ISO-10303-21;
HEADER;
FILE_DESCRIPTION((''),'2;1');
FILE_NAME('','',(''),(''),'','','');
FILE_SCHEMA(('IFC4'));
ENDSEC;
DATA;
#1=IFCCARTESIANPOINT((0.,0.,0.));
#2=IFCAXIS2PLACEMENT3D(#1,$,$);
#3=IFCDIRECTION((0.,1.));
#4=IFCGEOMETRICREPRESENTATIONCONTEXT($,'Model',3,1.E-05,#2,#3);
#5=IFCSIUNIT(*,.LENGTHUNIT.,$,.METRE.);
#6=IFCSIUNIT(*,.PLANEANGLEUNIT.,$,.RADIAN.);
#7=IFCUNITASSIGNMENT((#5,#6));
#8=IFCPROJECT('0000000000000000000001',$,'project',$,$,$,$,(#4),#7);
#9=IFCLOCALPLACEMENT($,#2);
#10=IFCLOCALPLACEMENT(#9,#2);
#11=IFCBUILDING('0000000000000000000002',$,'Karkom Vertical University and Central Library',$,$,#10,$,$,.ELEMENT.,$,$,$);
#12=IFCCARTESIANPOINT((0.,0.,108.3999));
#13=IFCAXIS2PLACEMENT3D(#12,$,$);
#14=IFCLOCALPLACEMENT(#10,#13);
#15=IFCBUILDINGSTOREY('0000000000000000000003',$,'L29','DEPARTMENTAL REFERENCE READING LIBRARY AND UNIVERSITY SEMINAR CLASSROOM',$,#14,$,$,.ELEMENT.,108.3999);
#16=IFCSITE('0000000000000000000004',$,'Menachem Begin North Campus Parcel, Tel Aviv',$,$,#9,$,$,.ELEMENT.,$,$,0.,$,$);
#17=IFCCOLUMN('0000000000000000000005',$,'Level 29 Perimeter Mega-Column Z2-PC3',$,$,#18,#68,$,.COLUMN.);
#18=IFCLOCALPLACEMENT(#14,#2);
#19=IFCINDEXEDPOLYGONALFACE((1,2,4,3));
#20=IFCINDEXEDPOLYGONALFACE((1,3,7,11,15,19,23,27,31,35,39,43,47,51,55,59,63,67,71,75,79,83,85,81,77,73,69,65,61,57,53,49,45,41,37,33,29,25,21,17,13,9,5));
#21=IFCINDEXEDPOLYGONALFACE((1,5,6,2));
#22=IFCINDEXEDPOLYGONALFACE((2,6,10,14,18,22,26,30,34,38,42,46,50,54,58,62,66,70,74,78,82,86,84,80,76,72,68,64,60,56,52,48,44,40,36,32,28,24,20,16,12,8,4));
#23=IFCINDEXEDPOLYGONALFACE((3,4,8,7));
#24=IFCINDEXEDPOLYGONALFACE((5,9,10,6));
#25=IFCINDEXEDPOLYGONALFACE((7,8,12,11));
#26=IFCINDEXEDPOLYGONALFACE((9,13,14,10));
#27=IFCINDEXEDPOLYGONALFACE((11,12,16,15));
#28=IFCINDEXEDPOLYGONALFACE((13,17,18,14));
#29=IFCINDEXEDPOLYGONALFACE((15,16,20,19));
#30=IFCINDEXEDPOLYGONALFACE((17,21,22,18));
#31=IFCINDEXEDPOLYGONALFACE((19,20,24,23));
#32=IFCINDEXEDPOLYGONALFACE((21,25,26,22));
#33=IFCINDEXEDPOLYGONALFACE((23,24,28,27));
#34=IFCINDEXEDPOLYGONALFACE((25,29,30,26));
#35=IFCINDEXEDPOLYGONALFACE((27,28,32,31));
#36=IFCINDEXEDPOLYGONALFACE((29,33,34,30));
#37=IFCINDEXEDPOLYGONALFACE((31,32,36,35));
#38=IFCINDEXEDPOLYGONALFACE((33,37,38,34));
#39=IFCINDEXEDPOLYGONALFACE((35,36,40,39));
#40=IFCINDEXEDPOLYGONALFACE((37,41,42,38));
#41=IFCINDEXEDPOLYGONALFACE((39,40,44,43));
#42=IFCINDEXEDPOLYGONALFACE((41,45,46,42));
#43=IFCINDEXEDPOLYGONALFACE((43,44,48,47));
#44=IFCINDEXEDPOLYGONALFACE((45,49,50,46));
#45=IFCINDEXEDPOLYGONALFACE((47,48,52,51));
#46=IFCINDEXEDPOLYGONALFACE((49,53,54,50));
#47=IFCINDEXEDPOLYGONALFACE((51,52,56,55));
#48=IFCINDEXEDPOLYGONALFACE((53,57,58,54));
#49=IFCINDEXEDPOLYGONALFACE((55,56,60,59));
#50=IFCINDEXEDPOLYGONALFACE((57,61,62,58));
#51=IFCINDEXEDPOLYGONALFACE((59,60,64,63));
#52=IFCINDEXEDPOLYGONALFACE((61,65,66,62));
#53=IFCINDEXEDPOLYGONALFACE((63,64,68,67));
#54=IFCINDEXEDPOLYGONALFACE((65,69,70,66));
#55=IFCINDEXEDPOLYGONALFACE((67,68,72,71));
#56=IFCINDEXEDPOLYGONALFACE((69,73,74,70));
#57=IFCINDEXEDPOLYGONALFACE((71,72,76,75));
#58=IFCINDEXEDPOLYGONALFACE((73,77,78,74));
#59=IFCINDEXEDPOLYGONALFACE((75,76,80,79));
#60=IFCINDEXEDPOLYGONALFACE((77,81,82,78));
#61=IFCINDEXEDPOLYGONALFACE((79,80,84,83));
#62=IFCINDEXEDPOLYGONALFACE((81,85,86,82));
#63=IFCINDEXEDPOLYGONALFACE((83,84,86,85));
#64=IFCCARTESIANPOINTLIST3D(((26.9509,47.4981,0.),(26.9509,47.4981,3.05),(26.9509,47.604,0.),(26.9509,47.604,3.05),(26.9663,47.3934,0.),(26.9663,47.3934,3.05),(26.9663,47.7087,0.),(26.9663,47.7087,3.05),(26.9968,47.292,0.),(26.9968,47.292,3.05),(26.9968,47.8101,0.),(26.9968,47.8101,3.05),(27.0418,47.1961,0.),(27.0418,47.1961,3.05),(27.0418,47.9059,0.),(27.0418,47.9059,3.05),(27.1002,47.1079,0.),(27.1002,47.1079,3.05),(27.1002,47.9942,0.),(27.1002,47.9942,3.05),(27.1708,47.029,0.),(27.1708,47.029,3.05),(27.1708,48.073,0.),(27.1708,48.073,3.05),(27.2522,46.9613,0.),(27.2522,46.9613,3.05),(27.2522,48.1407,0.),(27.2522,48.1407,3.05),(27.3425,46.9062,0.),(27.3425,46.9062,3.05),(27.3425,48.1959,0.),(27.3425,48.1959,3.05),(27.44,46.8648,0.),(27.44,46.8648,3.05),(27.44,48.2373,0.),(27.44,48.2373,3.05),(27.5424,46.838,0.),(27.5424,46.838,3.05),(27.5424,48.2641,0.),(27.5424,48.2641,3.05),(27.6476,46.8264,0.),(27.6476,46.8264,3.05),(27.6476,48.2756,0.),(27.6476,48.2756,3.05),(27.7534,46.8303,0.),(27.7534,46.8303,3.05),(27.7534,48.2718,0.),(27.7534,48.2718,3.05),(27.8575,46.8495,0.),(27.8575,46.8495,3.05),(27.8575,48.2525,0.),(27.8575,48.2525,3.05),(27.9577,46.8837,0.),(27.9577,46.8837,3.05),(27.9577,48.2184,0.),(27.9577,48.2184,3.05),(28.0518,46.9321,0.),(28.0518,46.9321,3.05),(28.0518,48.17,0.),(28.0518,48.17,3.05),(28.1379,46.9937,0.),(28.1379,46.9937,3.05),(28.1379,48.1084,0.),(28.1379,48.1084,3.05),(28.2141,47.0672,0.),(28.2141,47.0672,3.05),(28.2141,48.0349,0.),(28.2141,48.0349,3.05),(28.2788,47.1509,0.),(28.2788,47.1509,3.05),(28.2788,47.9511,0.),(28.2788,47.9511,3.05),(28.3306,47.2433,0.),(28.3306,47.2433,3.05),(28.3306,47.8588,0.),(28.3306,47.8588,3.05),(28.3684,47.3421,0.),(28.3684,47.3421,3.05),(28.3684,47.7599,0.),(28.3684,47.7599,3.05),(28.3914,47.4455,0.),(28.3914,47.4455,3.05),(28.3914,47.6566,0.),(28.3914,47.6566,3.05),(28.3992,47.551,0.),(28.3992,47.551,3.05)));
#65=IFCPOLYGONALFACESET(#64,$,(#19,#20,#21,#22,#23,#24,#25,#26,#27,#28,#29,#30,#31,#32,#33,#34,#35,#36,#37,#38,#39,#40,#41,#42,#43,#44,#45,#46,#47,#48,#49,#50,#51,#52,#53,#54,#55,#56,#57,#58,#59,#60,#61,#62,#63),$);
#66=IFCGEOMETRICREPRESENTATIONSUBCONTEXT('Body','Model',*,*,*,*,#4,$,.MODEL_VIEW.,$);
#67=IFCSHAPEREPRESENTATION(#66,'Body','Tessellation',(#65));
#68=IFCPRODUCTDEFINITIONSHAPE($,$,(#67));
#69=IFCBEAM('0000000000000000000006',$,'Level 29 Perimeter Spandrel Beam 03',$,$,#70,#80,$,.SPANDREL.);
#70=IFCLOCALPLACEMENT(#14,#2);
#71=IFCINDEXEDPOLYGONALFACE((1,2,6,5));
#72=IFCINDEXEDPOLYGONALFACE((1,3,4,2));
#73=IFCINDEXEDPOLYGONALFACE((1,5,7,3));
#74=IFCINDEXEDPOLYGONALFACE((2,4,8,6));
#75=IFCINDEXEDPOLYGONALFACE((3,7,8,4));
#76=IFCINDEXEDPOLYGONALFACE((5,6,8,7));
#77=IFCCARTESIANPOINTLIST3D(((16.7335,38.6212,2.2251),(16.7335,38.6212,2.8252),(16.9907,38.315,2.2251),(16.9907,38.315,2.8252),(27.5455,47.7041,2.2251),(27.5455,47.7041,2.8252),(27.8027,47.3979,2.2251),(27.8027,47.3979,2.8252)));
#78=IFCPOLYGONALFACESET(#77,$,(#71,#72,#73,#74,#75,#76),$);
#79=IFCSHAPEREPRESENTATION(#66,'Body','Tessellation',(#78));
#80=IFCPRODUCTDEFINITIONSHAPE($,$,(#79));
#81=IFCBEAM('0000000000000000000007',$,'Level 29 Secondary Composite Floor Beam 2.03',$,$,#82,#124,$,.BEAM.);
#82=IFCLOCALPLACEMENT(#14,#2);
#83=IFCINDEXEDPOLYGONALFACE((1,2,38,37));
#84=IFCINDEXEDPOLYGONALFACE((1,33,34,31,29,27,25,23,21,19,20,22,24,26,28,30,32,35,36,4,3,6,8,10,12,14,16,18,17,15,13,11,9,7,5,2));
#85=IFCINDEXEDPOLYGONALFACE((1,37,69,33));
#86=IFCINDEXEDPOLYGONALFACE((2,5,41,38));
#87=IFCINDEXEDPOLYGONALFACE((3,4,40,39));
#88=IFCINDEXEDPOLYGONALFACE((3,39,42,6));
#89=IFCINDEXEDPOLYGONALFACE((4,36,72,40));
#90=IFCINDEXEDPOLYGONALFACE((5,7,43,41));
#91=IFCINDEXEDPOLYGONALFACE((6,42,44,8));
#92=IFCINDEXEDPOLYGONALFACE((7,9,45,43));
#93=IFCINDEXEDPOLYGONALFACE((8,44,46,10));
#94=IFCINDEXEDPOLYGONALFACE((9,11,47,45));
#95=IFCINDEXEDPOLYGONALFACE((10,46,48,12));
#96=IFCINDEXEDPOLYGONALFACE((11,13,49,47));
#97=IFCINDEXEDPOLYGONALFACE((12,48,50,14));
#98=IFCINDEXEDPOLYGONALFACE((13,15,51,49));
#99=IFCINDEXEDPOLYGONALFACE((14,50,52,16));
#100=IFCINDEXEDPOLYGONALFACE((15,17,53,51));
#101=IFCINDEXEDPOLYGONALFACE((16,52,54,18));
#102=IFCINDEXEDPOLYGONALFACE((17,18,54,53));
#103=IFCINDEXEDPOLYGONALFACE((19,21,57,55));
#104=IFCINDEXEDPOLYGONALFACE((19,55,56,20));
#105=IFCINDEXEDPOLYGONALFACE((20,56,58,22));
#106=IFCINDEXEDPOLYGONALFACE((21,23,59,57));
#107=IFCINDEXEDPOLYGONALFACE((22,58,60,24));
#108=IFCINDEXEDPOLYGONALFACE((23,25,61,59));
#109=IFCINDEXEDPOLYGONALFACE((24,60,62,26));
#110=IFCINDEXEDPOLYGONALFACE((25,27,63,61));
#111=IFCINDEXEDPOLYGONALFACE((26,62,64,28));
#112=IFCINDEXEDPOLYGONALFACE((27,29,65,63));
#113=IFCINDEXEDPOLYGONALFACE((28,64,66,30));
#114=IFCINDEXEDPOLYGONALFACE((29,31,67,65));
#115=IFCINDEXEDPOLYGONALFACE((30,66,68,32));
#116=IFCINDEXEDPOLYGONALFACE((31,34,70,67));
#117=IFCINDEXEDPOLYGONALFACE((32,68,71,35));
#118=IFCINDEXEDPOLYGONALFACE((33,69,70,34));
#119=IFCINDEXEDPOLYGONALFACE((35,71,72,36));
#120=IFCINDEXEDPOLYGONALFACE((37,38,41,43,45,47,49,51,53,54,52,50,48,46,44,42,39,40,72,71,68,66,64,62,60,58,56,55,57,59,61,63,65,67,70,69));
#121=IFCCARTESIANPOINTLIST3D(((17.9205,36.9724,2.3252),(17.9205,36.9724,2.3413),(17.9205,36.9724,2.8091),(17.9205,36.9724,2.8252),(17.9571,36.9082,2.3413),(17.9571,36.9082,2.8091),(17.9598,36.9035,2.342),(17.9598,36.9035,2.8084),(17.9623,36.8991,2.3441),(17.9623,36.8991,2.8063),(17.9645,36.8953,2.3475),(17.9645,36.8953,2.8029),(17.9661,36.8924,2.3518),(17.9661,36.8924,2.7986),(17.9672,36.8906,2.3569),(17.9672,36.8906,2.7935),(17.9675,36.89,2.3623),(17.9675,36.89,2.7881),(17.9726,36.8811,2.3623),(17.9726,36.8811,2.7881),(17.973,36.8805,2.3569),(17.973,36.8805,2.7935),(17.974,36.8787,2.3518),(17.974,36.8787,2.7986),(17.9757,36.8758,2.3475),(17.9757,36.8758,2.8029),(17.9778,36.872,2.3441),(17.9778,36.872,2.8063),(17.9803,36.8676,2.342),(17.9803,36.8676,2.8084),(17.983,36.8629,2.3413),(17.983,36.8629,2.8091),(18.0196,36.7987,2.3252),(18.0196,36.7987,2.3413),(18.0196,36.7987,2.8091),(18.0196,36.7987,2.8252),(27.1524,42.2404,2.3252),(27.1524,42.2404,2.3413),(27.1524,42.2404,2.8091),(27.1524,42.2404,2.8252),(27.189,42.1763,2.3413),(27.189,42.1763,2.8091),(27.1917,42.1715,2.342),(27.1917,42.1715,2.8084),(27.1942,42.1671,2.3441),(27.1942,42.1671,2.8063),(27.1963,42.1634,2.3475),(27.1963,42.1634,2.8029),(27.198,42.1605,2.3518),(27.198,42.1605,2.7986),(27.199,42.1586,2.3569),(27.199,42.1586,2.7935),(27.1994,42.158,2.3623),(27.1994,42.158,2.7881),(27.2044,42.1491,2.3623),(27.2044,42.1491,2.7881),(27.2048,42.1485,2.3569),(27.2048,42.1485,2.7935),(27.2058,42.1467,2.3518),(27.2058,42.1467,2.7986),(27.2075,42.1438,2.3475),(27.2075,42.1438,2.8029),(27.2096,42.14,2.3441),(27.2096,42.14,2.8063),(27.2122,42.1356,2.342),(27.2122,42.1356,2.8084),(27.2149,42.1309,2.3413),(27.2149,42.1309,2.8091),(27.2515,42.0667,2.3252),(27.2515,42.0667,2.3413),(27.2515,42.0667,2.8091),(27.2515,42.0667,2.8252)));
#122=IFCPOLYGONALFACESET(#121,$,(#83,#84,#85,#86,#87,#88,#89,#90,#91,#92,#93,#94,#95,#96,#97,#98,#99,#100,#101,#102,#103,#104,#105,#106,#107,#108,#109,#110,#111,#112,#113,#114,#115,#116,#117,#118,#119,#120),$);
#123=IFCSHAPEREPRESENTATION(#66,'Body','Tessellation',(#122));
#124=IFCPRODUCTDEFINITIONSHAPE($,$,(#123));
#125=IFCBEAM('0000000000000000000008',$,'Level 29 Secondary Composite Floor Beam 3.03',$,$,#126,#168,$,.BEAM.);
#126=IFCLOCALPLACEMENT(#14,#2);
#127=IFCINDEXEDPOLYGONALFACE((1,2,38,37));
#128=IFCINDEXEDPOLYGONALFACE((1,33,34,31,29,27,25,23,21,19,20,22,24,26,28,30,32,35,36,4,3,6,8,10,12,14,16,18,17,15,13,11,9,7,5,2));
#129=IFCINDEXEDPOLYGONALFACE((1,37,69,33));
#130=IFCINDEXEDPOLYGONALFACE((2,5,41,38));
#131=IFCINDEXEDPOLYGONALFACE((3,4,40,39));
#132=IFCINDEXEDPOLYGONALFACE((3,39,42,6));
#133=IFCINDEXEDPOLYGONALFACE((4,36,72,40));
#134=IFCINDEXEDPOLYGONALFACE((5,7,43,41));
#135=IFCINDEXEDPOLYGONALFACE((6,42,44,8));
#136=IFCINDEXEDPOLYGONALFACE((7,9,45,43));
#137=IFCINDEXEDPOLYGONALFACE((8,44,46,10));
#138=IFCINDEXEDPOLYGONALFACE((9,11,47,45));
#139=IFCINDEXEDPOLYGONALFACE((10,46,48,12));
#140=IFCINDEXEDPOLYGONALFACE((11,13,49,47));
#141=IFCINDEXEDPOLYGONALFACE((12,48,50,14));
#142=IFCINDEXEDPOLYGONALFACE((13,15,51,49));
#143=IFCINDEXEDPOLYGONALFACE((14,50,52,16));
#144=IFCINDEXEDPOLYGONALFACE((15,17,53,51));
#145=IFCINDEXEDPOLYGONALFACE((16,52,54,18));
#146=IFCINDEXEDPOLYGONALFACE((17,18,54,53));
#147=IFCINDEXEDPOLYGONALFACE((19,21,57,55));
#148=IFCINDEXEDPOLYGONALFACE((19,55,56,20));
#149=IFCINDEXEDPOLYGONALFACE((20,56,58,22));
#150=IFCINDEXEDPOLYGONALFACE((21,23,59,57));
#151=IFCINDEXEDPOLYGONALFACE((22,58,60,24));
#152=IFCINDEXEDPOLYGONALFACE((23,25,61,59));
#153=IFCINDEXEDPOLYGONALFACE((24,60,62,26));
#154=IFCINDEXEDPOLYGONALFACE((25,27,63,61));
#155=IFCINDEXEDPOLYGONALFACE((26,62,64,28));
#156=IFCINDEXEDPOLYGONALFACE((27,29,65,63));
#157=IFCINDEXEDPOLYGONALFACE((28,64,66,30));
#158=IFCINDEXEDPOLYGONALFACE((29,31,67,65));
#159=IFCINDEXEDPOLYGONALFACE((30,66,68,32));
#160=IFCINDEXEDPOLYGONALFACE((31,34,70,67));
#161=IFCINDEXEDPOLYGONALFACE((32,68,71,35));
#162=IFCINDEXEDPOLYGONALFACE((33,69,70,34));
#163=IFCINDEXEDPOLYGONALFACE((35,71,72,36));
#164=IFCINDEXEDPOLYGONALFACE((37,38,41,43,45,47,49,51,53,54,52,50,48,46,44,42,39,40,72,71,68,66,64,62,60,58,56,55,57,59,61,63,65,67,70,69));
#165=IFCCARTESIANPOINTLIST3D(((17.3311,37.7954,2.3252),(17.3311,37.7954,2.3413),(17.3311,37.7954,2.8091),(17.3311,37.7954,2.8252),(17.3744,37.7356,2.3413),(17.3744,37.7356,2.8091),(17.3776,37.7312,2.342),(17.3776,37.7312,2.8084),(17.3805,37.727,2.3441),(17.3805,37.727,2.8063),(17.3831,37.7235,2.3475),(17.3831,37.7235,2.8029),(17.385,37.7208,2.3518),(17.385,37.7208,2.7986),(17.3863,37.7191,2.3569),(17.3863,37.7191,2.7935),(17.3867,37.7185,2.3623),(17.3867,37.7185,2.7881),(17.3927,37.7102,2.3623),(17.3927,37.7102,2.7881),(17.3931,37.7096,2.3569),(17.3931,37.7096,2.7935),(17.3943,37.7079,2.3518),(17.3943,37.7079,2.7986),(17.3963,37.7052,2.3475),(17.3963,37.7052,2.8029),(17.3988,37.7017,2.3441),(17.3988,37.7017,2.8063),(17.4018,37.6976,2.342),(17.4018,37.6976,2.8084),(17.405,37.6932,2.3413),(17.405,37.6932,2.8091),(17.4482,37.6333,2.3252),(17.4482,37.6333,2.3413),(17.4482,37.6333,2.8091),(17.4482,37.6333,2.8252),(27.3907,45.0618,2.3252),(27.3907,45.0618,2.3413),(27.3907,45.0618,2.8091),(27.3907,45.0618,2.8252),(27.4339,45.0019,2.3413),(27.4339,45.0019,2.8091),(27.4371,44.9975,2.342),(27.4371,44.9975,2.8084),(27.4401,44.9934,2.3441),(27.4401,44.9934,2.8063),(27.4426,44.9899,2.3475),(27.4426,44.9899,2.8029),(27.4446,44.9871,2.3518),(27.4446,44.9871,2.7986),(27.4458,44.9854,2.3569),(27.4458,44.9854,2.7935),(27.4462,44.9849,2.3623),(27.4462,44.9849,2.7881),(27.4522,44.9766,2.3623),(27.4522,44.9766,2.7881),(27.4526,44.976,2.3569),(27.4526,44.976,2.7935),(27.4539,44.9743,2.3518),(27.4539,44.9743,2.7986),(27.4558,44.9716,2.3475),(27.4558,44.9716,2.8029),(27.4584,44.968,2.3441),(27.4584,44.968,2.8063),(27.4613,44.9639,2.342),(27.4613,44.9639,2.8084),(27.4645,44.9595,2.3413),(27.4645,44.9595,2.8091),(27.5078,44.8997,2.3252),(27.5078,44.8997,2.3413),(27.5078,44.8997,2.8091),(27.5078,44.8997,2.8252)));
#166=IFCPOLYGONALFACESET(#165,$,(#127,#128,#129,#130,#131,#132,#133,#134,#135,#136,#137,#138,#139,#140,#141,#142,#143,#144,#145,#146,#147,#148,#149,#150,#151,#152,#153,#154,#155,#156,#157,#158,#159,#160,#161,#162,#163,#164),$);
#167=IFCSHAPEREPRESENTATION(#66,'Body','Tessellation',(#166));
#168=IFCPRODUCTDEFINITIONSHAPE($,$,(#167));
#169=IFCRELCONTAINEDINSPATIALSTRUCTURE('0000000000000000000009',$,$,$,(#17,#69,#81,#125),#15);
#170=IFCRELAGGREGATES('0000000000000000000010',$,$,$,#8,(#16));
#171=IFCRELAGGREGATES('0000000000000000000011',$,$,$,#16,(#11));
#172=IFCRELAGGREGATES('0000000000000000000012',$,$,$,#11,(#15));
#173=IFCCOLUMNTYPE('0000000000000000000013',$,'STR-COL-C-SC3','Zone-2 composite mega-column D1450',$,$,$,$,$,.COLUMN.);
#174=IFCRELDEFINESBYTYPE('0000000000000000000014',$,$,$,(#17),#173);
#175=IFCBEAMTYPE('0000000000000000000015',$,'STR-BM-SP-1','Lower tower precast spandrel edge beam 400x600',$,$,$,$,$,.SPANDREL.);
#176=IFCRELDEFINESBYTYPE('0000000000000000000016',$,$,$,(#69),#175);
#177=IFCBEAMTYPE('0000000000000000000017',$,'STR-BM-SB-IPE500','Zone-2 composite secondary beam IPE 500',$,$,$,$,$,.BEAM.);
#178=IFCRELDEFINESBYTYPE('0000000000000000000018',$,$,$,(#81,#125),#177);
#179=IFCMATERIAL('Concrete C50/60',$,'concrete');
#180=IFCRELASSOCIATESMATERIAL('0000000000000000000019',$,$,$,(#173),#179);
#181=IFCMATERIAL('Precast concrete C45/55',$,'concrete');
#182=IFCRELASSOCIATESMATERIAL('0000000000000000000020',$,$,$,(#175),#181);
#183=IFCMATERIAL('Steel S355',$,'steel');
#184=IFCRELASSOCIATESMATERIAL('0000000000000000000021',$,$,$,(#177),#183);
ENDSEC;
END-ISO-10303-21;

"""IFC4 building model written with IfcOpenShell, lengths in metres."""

from ifc_helpers import new_model, si_unit, direction, frame, origin, origin_with_axes, origin_2d, place, context, subcontext, project, spatial, rectangle, circle, i_section, extrude, source, transform, mapped, material, material_profile, profile_set, type_object, element, save


model = new_model("IFC4")

# Units and contexts
model_context = context("Model", 3, precision=1e-05, world=origin(), true_north=direction((0.0, 1.0)))
body_context = subcontext(model_context, "Body", "Model", "MODEL_VIEW")
ifc_project = project(units=[si_unit("LENGTHUNIT", "METRE"), si_unit("PLANEANGLEUNIT", "RADIAN")], contexts=[model_context])

# Site, building, storey
site_placement = place(None, origin())
site = spatial("IfcSite", under=ifc_project, at=site_placement, Name="Menachem Begin North Campus Parcel, Tel Aviv", CompositionType="ELEMENT", RefElevation=0.0)
building_placement = place(site_placement, origin())
building = spatial("IfcBuilding", under=site, at=building_placement, Name="Karkom Vertical University and Central Library", CompositionType="ELEMENT")
storey_placement = place(building_placement, frame((0.0, 0.0, 108.3999)))
storey = spatial("IfcBuildingStorey", under=building, at=storey_placement, Name="L29", Description="DEPARTMENTAL REFERENCE READING LIBRARY AND UNIVERSITY SEMINAR CLASSROOM", CompositionType="ELEMENT", Elevation=108.3999)

# Column
ifc_material_1 = material(Name="Concrete C50/60", Category="concrete")
ifc_material_profile_1 = material_profile(ifc_material_1, circle(Radius=0.7251, at=origin_2d()), Name="CFT-D1450")
ifc_profile_set_1 = profile_set([ifc_material_profile_1], Name="Concrete C50/60")
column_type = type_object("IfcColumnType", Name="STR-COL-C-SC3", Description="Zone-2 composite mega-column D1450", PredefinedType="COLUMN", material=ifc_profile_set_1)
shared_shape_1 = source(origin_with_axes(), body_context, "Body", "SweptSolid", [
    extrude(circle(Radius=0.7251, at=origin_2d()), origin(), (0.0, 0.0, 1.0), 3.05),
])
column_placement = place(storey_placement, frame((27.6741, 47.551, 0.0), z_axis=(0.0, 0.0, 1.0), x_axis=(1.0, 0.0, 0.0)))
element("IfcColumn", 1, at=column_placement, inside=storey, type_object=column_type, Name="Level 29 Perimeter Mega-Column Z2-PC3", PredefinedType="COLUMN", context=body_context, shape_type="MappedRepresentation", body=[
    mapped(shared_shape_1, transform((0.0, 0.0, 0.0), scale=1.0)),
])

# Beams
ifc_material_2 = material(Name="Precast concrete C45/55", Category="concrete")
ifc_material_profile_2 = material_profile(ifc_material_2, rectangle(XDim=0.3999, YDim=0.6001, at=origin_2d()), Name="SPB-400x600")
ifc_profile_set_2 = profile_set([ifc_material_profile_2], Name="Precast concrete C45/55")
beam_type_1 = type_object("IfcBeamType", Name="STR-BM-SP-1", Description="Lower tower precast spandrel edge beam 400x600", PredefinedType="SPANDREL", material=ifc_profile_set_2)
shared_shape_2 = source(origin_with_axes(), body_context, "Body", "SweptSolid", [
    extrude(rectangle(XDim=0.3999, YDim=0.6001, at=origin_2d()), origin(), (0.0, 0.0, 1.0), 14.1208),
])
beam_1_placement = place(storey_placement, frame((27.6741, 47.551, 2.5251), z_axis=(-0.765673, -0.64323, 0.0), x_axis=(0.64323, -0.765673, 0.0)))
element("IfcBeam", 2, at=beam_1_placement, inside=storey, type_object=beam_type_1, Name="Level 29 Perimeter Spandrel Beam 03", PredefinedType="SPANDREL", context=body_context, shape_type="MappedRepresentation", body=[
    mapped(shared_shape_2, transform((0.0, 0.0, 0.0), scale=1.0)),
])
ifc_material_3 = material(Name="Steel S355", Category="steel")
ifc_material_profile_3 = material_profile(ifc_material_3, i_section(OverallWidth=0.2, OverallDepth=0.5, WebThickness=0.0103, FlangeThickness=0.0161, FilletRadius=0.021, at=origin_2d()), Name="IPE 500")
ifc_profile_set_3 = profile_set([ifc_material_profile_3], Name="Steel S355")
beam_type_2 = type_object("IfcBeamType", Name="STR-BM-SB-IPE500", Description="Zone-2 composite secondary beam IPE 500", PredefinedType="BEAM", material=ifc_profile_set_3)
shared_shape_3 = source(origin_with_axes(), body_context, "Body", "SweptSolid", [
    extrude(i_section(OverallWidth=0.2, OverallDepth=0.5, WebThickness=0.0103, FlangeThickness=0.0161, FilletRadius=0.021, at=origin_2d()), origin(), (0.0, 0.0, 1.0), 10.6292),
])
beam_2_placement = place(storey_placement, frame((27.2019, 42.1536, 2.5752), z_axis=(-0.86854, -0.495619, 0.0), x_axis=(0.495619, -0.86854, 0.0)))
element("IfcBeam", 3, at=beam_2_placement, inside=storey, type_object=beam_type_2, Name="Level 29 Secondary Composite Floor Beam 2.03", PredefinedType="BEAM", context=body_context, shape_type="MappedRepresentation", body=[
    mapped(shared_shape_3, transform((0.0, 0.0, 0.0), scale=1.0)),
])
shared_shape_4 = source(origin_with_axes(), body_context, "Body", "SweptSolid", [
    extrude(i_section(OverallWidth=0.2, OverallDepth=0.5, WebThickness=0.0103, FlangeThickness=0.0161, FilletRadius=0.021, at=origin_2d()), origin(), (0.0, 0.0, 1.0), 12.4094),
])
beam_3_placement = place(storey_placement, frame((27.4492, 44.9807, 2.5752), z_axis=(-0.810637, -0.585549, 0.0), x_axis=(0.585549, -0.810637, 0.0)))
element("IfcBeam", 4, at=beam_3_placement, inside=storey, type_object=beam_type_2, Name="Level 29 Secondary Composite Floor Beam 3.03", PredefinedType="BEAM", context=body_context, shape_type="MappedRepresentation", body=[
    mapped(shared_shape_4, transform((0.0, 0.0, 0.0), scale=1.0)),
])

save(model, "model.ifc")
